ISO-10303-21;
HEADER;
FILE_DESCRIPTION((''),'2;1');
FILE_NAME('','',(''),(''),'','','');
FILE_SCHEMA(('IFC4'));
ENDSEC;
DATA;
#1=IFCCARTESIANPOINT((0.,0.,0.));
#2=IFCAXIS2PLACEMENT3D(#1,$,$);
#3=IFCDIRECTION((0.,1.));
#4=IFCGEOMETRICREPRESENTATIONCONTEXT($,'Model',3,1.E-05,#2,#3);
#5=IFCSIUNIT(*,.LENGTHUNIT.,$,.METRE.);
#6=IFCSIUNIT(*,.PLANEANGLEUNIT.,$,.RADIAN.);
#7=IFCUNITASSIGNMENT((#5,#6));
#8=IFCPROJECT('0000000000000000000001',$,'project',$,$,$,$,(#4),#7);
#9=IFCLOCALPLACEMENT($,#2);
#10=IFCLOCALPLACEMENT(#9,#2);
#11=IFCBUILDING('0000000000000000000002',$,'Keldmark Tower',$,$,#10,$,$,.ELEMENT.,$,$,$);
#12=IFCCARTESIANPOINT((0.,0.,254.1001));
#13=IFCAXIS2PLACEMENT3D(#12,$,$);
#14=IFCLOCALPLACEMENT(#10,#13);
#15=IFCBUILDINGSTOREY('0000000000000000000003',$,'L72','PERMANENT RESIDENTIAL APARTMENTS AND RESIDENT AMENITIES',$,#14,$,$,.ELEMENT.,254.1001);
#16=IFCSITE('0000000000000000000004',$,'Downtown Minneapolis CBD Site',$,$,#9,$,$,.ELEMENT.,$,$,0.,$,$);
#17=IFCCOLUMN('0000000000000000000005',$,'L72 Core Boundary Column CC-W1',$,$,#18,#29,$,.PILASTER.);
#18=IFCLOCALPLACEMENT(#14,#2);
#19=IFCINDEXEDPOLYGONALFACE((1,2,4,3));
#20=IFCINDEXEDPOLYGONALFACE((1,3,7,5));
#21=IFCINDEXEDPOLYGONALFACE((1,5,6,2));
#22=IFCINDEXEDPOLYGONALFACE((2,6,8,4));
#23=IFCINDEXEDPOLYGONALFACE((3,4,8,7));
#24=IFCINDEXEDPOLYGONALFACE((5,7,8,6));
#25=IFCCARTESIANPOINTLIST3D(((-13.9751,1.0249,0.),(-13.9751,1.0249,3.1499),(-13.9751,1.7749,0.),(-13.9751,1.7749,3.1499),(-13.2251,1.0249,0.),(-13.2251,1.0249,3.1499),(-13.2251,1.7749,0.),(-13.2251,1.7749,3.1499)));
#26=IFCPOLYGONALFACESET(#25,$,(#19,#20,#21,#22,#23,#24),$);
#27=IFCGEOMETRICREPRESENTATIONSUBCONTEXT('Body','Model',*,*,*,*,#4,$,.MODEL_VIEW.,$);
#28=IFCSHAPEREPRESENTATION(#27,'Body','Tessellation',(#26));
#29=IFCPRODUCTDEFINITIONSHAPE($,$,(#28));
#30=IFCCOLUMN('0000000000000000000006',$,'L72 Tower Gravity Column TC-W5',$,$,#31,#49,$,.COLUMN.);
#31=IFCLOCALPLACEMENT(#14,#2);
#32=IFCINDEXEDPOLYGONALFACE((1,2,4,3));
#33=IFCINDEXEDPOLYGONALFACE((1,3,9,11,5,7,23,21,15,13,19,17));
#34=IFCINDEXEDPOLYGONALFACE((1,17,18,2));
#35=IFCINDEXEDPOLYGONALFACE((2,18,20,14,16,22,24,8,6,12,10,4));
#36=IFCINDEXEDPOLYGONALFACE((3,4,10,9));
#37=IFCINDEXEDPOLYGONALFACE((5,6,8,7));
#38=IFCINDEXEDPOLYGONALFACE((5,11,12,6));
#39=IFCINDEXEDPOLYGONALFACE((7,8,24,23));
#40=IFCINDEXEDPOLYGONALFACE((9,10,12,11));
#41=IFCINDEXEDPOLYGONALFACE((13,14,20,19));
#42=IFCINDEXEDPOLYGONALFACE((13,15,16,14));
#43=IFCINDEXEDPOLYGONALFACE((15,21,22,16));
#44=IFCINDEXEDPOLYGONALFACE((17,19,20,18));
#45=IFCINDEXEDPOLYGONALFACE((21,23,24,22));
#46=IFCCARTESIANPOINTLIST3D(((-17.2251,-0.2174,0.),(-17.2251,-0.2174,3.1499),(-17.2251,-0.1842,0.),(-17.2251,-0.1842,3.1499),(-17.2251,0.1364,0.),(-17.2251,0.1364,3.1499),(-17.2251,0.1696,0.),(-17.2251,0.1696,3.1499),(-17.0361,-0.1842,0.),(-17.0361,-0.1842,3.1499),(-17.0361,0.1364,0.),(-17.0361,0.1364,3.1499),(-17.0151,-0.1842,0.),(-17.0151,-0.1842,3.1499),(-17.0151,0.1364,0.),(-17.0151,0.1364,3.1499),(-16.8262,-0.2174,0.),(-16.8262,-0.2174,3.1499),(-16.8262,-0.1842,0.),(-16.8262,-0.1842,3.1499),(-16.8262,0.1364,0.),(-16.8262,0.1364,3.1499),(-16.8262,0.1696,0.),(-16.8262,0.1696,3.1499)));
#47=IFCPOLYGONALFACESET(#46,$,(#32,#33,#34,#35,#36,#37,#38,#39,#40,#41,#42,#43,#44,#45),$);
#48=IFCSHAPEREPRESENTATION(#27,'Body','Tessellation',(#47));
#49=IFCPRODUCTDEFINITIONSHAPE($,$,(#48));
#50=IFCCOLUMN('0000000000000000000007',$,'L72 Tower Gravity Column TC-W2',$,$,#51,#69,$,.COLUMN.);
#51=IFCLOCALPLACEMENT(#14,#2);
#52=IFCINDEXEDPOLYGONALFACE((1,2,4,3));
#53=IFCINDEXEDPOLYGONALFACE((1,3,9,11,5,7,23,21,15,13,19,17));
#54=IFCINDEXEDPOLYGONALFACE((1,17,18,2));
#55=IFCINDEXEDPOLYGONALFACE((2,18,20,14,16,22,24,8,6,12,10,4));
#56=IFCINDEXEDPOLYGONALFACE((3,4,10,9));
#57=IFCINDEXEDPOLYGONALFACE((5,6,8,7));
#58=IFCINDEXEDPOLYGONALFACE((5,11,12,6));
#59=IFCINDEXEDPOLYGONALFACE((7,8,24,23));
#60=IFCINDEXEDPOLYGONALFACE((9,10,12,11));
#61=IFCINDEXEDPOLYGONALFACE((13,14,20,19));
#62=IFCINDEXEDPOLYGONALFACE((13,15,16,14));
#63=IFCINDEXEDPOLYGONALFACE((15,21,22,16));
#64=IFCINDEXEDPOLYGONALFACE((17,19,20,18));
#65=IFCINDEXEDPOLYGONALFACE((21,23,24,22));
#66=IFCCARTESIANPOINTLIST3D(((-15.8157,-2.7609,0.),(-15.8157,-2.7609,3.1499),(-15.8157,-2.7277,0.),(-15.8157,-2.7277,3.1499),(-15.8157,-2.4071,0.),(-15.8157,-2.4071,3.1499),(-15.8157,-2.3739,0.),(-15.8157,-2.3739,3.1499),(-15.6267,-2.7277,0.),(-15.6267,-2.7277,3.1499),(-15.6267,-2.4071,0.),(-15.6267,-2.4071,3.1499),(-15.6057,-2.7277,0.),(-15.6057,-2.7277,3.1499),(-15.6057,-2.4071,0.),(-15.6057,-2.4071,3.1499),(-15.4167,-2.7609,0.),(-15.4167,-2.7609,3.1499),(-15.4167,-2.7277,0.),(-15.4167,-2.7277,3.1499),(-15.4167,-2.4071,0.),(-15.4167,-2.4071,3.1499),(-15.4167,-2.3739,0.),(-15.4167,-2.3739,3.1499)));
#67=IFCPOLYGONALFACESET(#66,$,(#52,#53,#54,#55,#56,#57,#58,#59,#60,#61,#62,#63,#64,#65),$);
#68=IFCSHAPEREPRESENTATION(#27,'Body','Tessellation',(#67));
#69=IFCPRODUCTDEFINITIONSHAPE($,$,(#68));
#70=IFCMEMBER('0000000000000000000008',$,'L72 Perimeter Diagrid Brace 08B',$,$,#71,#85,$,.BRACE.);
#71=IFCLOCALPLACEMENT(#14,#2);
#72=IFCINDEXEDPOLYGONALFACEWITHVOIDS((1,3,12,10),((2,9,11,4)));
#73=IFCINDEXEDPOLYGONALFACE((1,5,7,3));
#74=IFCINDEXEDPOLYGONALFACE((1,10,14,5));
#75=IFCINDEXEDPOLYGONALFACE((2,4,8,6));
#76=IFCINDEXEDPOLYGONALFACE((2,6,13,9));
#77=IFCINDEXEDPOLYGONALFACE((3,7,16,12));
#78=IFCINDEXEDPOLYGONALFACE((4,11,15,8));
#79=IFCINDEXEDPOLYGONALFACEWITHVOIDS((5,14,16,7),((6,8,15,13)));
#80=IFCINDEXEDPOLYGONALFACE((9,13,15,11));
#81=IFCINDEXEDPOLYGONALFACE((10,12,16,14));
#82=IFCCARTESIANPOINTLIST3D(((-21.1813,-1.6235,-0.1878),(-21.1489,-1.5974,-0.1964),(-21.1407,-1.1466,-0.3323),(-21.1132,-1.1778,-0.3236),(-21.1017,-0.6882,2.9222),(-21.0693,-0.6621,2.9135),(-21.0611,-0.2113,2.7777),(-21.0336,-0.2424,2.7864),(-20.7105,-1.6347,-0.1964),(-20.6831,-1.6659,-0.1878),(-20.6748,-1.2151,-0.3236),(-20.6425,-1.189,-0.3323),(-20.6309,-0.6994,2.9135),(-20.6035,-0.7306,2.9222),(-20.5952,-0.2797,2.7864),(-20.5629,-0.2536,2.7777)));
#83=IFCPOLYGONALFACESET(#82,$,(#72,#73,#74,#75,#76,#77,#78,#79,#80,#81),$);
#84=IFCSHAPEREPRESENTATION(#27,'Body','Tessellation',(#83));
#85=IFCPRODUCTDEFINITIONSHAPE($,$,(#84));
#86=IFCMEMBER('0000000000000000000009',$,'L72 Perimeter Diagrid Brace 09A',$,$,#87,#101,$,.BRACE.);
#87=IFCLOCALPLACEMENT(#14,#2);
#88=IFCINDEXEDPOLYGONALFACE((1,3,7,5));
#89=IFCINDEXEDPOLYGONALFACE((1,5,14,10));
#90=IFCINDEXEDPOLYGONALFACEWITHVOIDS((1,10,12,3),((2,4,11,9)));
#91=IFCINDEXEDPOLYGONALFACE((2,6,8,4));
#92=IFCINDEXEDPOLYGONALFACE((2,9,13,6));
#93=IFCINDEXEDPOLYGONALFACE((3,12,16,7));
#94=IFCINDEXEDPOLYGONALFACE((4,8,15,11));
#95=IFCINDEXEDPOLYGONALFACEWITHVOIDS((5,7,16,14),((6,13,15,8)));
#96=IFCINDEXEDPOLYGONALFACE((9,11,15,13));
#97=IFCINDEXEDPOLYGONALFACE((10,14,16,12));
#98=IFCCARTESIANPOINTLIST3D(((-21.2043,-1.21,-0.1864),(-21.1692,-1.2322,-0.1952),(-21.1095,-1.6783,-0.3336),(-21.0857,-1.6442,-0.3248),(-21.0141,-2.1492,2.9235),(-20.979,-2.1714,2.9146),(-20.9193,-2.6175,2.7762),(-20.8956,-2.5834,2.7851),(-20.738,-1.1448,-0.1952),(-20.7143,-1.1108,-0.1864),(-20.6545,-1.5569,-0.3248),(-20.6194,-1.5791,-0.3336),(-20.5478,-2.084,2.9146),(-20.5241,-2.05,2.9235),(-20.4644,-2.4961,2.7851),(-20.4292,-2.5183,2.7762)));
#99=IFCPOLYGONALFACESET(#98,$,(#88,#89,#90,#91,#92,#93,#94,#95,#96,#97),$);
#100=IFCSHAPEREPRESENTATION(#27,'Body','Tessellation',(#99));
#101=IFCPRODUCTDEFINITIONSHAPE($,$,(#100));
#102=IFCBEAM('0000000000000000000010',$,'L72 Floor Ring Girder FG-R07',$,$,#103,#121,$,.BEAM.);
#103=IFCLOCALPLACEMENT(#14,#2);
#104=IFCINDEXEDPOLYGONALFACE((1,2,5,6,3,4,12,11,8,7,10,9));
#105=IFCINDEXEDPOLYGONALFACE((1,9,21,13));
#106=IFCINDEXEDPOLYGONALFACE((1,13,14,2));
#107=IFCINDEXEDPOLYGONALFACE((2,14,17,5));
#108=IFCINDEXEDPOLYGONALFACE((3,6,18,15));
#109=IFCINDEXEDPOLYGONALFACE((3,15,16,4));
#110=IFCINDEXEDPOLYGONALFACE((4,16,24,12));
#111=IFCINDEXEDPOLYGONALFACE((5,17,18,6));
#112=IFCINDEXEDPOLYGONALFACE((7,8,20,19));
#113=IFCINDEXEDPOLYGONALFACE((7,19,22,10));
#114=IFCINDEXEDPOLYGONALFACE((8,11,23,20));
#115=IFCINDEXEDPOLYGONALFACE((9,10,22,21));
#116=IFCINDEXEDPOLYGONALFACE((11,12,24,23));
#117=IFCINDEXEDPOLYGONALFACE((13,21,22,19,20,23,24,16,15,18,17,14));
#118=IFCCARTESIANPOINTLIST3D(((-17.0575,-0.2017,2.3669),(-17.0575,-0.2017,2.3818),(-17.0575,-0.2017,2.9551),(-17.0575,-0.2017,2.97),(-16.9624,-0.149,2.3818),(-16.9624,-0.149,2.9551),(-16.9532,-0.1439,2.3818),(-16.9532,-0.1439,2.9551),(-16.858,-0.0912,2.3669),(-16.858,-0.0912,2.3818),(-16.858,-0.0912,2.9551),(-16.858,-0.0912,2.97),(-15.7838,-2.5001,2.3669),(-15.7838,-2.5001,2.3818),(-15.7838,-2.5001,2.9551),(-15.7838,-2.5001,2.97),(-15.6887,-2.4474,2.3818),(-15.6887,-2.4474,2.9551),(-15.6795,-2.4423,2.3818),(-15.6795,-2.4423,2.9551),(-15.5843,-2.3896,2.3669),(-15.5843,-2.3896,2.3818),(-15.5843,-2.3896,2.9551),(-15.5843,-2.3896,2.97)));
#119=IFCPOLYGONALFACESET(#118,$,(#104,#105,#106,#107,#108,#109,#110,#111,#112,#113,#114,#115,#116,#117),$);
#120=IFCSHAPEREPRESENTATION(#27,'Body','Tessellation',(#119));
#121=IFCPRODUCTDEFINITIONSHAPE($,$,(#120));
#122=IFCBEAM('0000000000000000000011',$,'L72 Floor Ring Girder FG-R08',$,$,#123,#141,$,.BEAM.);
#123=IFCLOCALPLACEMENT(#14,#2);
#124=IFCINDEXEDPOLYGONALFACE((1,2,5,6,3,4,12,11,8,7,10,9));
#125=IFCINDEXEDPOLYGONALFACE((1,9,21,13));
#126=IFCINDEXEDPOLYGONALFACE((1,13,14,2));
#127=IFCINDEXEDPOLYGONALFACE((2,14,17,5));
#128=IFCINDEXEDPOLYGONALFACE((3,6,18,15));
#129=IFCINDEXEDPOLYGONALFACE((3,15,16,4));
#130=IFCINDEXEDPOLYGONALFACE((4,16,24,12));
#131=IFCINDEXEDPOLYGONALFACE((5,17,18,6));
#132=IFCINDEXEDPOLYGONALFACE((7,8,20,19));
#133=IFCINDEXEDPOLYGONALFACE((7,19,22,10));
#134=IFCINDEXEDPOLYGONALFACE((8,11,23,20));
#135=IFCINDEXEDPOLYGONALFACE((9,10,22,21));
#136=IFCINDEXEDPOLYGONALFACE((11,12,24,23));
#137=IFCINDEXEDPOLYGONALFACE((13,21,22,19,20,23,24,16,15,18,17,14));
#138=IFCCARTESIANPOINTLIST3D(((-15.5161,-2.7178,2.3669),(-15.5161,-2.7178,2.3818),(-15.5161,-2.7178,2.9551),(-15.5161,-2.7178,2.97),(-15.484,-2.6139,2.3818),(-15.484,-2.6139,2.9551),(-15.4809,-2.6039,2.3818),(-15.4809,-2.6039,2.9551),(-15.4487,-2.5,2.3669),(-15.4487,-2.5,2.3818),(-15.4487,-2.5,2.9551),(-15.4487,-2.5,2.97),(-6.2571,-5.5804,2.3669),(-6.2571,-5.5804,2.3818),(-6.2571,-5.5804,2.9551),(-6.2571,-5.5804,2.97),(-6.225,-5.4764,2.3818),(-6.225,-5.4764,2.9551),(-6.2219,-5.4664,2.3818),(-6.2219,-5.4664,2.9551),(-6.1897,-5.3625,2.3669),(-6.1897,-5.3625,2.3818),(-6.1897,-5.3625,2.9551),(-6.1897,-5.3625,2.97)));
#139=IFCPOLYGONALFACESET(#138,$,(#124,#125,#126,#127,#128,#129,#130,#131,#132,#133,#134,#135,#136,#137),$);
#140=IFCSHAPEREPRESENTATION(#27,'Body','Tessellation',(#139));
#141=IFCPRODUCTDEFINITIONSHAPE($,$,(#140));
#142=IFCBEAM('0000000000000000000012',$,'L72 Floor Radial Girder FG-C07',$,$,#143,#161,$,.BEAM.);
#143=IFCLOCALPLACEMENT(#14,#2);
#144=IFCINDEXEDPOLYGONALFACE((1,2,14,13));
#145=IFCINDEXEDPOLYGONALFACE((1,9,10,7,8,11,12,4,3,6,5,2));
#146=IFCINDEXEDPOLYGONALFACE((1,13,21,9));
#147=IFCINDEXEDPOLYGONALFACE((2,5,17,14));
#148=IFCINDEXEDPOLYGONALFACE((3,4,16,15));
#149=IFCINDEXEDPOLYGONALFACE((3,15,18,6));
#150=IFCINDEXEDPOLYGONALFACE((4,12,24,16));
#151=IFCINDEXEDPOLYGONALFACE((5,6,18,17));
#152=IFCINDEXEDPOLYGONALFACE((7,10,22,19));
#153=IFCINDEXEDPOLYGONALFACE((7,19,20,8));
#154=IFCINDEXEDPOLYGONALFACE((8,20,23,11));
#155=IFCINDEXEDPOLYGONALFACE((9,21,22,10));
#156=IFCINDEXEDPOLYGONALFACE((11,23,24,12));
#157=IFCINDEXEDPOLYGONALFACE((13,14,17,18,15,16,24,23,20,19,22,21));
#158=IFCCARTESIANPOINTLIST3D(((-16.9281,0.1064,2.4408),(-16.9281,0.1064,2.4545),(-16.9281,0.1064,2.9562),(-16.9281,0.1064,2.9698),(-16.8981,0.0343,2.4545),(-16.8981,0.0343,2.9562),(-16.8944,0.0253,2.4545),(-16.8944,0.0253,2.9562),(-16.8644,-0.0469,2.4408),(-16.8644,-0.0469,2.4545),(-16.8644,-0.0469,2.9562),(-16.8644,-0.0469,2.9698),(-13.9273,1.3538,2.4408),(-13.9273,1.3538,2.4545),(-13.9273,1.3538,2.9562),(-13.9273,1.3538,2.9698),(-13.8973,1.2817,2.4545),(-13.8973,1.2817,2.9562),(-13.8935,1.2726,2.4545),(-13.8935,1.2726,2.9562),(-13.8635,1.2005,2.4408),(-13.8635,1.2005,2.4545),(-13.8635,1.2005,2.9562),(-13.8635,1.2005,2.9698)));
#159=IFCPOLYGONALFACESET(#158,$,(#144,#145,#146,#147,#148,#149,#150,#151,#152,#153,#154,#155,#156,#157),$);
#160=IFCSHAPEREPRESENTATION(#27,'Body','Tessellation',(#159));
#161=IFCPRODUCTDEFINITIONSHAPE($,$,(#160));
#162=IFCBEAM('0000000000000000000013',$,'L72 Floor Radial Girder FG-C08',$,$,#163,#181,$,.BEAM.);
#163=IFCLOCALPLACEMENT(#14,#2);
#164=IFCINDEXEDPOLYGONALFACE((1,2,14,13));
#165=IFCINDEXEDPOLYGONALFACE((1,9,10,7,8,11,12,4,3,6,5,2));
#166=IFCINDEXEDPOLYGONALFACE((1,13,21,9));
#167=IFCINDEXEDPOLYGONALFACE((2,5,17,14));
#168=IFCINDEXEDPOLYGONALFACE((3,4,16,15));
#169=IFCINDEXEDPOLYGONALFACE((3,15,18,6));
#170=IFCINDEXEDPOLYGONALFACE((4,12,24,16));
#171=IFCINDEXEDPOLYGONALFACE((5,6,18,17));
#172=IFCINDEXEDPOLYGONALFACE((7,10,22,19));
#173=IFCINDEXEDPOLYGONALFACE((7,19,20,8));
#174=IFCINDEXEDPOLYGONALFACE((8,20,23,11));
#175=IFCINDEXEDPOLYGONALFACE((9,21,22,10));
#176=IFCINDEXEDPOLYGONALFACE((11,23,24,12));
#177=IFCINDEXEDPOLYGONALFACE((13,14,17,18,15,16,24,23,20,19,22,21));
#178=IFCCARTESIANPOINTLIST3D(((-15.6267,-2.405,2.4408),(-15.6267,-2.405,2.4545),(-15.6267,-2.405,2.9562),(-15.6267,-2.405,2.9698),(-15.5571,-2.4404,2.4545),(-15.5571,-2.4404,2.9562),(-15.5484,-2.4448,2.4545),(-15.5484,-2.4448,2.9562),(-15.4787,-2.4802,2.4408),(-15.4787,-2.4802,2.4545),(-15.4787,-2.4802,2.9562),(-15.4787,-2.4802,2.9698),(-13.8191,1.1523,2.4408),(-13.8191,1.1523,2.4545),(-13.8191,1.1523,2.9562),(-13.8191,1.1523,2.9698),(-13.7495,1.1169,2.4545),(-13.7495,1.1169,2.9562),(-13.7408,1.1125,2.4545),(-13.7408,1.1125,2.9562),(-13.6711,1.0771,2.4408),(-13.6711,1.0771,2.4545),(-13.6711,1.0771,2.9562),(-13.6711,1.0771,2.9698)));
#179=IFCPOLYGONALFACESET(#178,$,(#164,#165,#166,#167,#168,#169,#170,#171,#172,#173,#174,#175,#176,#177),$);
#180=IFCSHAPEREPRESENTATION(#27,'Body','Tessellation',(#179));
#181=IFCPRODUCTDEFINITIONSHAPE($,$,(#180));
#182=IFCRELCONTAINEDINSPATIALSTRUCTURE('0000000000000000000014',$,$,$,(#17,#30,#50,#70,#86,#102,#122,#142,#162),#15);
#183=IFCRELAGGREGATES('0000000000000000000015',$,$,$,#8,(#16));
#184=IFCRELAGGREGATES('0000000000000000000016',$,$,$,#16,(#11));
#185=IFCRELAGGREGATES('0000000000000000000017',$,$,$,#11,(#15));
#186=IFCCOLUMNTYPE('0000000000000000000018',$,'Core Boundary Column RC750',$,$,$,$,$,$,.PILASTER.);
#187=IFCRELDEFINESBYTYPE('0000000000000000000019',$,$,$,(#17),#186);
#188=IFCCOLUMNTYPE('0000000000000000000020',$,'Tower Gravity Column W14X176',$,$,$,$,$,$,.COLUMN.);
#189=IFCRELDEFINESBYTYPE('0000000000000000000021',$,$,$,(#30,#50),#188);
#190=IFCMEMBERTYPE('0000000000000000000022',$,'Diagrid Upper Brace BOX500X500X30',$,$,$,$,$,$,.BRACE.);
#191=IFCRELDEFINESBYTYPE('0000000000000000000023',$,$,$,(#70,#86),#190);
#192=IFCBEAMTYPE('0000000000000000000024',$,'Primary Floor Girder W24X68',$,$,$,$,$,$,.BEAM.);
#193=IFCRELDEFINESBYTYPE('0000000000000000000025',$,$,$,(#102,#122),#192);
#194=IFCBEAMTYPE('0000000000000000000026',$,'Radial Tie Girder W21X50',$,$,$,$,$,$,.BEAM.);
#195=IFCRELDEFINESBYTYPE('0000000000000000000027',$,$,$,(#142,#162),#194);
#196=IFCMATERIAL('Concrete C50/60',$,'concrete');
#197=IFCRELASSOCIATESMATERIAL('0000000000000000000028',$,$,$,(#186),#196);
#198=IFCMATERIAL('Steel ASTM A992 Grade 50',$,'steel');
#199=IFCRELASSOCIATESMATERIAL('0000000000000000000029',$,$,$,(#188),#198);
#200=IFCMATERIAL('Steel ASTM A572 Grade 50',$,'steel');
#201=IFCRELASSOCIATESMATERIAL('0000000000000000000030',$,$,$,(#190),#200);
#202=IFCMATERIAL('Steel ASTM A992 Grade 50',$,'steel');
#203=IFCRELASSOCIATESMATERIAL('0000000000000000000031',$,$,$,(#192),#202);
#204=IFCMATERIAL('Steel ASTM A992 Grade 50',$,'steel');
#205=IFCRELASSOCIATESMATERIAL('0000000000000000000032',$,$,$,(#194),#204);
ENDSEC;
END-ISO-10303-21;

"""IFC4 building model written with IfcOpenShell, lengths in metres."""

from ifc_helpers import new_model, si_unit, direction, frame, origin, origin_2d, place, context, subcontext, project, spatial, rectangle, hollow_rectangle, i_section, extrude, material, material_profile, profile_set, type_object, element, save


model = new_model("IFC4")

# Units and contexts
model_context = context("Model", 3, precision=1e-05, world=origin(), true_north=direction((0.0, 1.0)))
body_context = subcontext(model_context, "Body", "Model", "MODEL_VIEW")
ifc_project = project(units=[si_unit("LENGTHUNIT", "METRE"), si_unit("PLANEANGLEUNIT", "RADIAN")], contexts=[model_context])

# Site, building, storey
site_placement = place(None, origin())
site = spatial("IfcSite", under=ifc_project, at=site_placement, Name="Downtown Minneapolis CBD Site", CompositionType="ELEMENT", RefElevation=0.0)
building_placement = place(site_placement, origin())
building = spatial("IfcBuilding", under=site, at=building_placement, Name="Keldmark Tower", CompositionType="ELEMENT")
storey_placement = place(building_placement, frame((0.0, 0.0, 254.1001)))
storey = spatial("IfcBuildingStorey", under=building, at=storey_placement, Name="L72", Description="PERMANENT RESIDENTIAL APARTMENTS AND RESIDENT AMENITIES", CompositionType="ELEMENT", Elevation=254.1001)

# Columns
ifc_material_1 = material(Name="Concrete C50/60", Category="concrete")
ifc_material_profile_1 = material_profile(ifc_material_1, rectangle(XDim=0.75, YDim=0.75, at=origin_2d()), Name="RC750X750")
ifc_profile_set_1 = profile_set([ifc_material_profile_1], Name="Concrete C50/60")
column_type_1 = type_object("IfcColumnType", Name="Core Boundary Column RC750", PredefinedType="PILASTER", material=ifc_profile_set_1)
column_placement = place(storey_placement, frame((-13.6001, 1.3999, 0.0), z_axis=(0.0, 0.0, 1.0), x_axis=(1.0, 0.0, 0.0)))
element("IfcColumn", 1, at=column_placement, inside=storey, type_object=column_type_1, Name="L72 Core Boundary Column CC-W1", PredefinedType="PILASTER", context=body_context, shape_type="SweptSolid", body=[
    extrude(rectangle(XDim=0.75, YDim=0.75, at=origin_2d()), origin(), (0.0, 0.0, 1.0), 3.1499),
])
ifc_material_2 = material(Name="Steel ASTM A992 Grade 50", Category="steel")
ifc_material_profile_2 = material_profile(ifc_material_2, i_section(OverallWidth=0.3989, OverallDepth=0.387, WebThickness=0.021, FlangeThickness=0.0332, at=origin_2d()), Name="W14X176")
ifc_profile_set_2 = profile_set([ifc_material_profile_2], Name="Steel ASTM A992 Grade 50")
column_type_2 = type_object("IfcColumnType", Name="Tower Gravity Column W14X176", PredefinedType="COLUMN", material=ifc_profile_set_2)
for number, where, z_axis, x_axis, name in (
    (2, (-17.0256, -0.0239, 0.0), (0.0, 0.0, 1.0), (1.0, 0.0, 0.0), "L72 Tower Gravity Column TC-W5"),
    (3, (-15.6162, -2.5674, 0.0), (0.0, 0.0, 1.0), (1.0, 0.0, 0.0), "L72 Tower Gravity Column TC-W2"),
):
    element("IfcColumn", number, at=place(storey_placement, frame(where, z_axis=z_axis, x_axis=x_axis)), inside=storey, type_object=column_type_2, Name=name, PredefinedType="COLUMN", context=body_context, shape_type="SweptSolid", body=[
        extrude(i_section(OverallWidth=0.3989, OverallDepth=0.387, WebThickness=0.021, FlangeThickness=0.0332, at=origin_2d()), origin(), (0.0, 0.0, 1.0), 3.1499),
    ])

# Members
ifc_material_3 = material(Name="Steel ASTM A572 Grade 50", Category="steel")
ifc_material_profile_3 = material_profile(ifc_material_3, hollow_rectangle(XDim=0.5, YDim=0.5, WallThickness=0.03, at=origin_2d()), Name="BOX500X500X30")
ifc_profile_set_3 = profile_set([ifc_material_profile_3], Name="Steel ASTM A572 Grade 50")
member_type = type_object("IfcMemberType", Name="Diagrid Upper Brace BOX500X500X30", PredefinedType="BRACE", material=ifc_profile_set_3)
member_1_placement = place(storey_placement, frame((-20.9119, -1.4062, -0.26), z_axis=(0.024501, 0.287923, 0.95734), x_axis=(-0.996399, 0.084789, 0.0)))
element("IfcMember", 4, at=member_1_placement, inside=storey, type_object=member_type, Name="L72 Perimeter Diagrid Brace 08B", PredefinedType="BRACE", context=body_context, shape_type="SweptSolid", body=[
    extrude(hollow_rectangle(XDim=0.5, YDim=0.5, WallThickness=0.03, at=origin_2d()), origin(), (0.0, 0.0, 1.0), 3.2485),
])
member_2_placement = place(storey_placement, frame((-20.9119, -1.3945, -0.26), z_axis=(0.058444, -0.288618, 0.955659), x_axis=(0.980108, 0.198467, 0.0)))
element("IfcMember", 5, at=member_2_placement, inside=storey, type_object=member_type, Name="L72 Perimeter Diagrid Brace 09A", PredefinedType="BRACE", context=body_context, shape_type="SweptSolid", body=[
    extrude(hollow_rectangle(XDim=0.5, YDim=0.5, WallThickness=0.03, at=origin_2d()), origin(), (0.0, 0.0, 1.0), 3.2542),
])

# Beams
ifc_material_4 = material(Name="Steel ASTM A992 Grade 50", Category="steel")
ifc_material_profile_4 = material_profile(ifc_material_4, i_section(OverallWidth=0.228, OverallDepth=0.603, WebThickness=0.0105, FlangeThickness=0.0149, at=origin_2d()), Name="W24X68")
ifc_profile_set_4 = profile_set([ifc_material_profile_4], Name="Steel ASTM A992 Grade 50")
beam_type_1 = type_object("IfcBeamType", Name="Primary Floor Girder W24X68", PredefinedType="BEAM", material=ifc_profile_set_4)
beam_1_placement = place(storey_placement, frame((-16.9578, -0.1465, 2.6685), z_axis=(0.48472, -0.87467, 0.0), x_axis=(0.87467, 0.48472, 0.0)))
element("IfcBeam", 6, at=beam_1_placement, inside=storey, type_object=beam_type_1, Name="L72 Floor Ring Girder FG-R07", PredefinedType="BEAM", context=body_context, shape_type="SweptSolid", body=[
    extrude(i_section(OverallWidth=0.228, OverallDepth=0.603, WebThickness=0.0105, FlangeThickness=0.0149, at=origin_2d()), origin(), (0.0, 0.0, 1.0), 2.6277),
])
beam_2_placement = place(storey_placement, frame((-15.4824, -2.6089, 2.6685), z_axis=(0.955383, -0.295369, 0.0), x_axis=(0.295369, 0.955383, 0.0)))
element("IfcBeam", 7, at=beam_2_placement, inside=storey, type_object=beam_type_1, Name="L72 Floor Ring Girder FG-R08", PredefinedType="BEAM", context=body_context, shape_type="SweptSolid", body=[
    extrude(i_section(OverallWidth=0.228, OverallDepth=0.603, WebThickness=0.0105, FlangeThickness=0.0149, at=origin_2d()), origin(), (0.0, 0.0, 1.0), 9.6914),
])
ifc_material_5 = material(Name="Steel ASTM A992 Grade 50", Category="steel")
ifc_material_profile_5 = material_profile(ifc_material_5, i_section(OverallWidth=0.166, OverallDepth=0.5291, WebThickness=0.0098, FlangeThickness=0.0137, at=origin_2d()), Name="W21X50")
ifc_profile_set_5 = profile_set([ifc_material_profile_5], Name="Steel ASTM A992 Grade 50")
beam_type_2 = type_object("IfcBeamType", Name="Radial Tie Girder W21X50", PredefinedType="BEAM", material=ifc_profile_set_5)
beam_3_placement = place(storey_placement, frame((-16.8962, 0.0298, 2.7053), z_axis=(0.923403, 0.383831, 0.0), x_axis=(-0.383831, 0.923403, 0.0)))
element("IfcBeam", 8, at=beam_3_placement, inside=storey, type_object=beam_type_2, Name="L72 Floor Radial Girder FG-C07", PredefinedType="BEAM", context=body_context, shape_type="SweptSolid", body=[
    extrude(i_section(OverallWidth=0.166, OverallDepth=0.5291, WebThickness=0.0098, FlangeThickness=0.0137, at=origin_2d()), origin(), (0.0, 0.0, 1.0), 3.2498),
])
beam_4_placement = place(storey_placement, frame((-15.5527, -2.4426, 2.7053), z_axis=(0.453004, 0.891508, 0.0), x_axis=(-0.891508, 0.453004, 0.0)))
element("IfcBeam", 9, at=beam_4_placement, inside=storey, type_object=beam_type_2, Name="L72 Floor Radial Girder FG-C08", PredefinedType="BEAM", context=body_context, shape_type="SweptSolid", body=[
    extrude(i_section(OverallWidth=0.166, OverallDepth=0.5291, WebThickness=0.0098, FlangeThickness=0.0137, at=origin_2d()), origin(), (0.0, 0.0, 1.0), 3.9902),
])

save(model, "model.ifc")
